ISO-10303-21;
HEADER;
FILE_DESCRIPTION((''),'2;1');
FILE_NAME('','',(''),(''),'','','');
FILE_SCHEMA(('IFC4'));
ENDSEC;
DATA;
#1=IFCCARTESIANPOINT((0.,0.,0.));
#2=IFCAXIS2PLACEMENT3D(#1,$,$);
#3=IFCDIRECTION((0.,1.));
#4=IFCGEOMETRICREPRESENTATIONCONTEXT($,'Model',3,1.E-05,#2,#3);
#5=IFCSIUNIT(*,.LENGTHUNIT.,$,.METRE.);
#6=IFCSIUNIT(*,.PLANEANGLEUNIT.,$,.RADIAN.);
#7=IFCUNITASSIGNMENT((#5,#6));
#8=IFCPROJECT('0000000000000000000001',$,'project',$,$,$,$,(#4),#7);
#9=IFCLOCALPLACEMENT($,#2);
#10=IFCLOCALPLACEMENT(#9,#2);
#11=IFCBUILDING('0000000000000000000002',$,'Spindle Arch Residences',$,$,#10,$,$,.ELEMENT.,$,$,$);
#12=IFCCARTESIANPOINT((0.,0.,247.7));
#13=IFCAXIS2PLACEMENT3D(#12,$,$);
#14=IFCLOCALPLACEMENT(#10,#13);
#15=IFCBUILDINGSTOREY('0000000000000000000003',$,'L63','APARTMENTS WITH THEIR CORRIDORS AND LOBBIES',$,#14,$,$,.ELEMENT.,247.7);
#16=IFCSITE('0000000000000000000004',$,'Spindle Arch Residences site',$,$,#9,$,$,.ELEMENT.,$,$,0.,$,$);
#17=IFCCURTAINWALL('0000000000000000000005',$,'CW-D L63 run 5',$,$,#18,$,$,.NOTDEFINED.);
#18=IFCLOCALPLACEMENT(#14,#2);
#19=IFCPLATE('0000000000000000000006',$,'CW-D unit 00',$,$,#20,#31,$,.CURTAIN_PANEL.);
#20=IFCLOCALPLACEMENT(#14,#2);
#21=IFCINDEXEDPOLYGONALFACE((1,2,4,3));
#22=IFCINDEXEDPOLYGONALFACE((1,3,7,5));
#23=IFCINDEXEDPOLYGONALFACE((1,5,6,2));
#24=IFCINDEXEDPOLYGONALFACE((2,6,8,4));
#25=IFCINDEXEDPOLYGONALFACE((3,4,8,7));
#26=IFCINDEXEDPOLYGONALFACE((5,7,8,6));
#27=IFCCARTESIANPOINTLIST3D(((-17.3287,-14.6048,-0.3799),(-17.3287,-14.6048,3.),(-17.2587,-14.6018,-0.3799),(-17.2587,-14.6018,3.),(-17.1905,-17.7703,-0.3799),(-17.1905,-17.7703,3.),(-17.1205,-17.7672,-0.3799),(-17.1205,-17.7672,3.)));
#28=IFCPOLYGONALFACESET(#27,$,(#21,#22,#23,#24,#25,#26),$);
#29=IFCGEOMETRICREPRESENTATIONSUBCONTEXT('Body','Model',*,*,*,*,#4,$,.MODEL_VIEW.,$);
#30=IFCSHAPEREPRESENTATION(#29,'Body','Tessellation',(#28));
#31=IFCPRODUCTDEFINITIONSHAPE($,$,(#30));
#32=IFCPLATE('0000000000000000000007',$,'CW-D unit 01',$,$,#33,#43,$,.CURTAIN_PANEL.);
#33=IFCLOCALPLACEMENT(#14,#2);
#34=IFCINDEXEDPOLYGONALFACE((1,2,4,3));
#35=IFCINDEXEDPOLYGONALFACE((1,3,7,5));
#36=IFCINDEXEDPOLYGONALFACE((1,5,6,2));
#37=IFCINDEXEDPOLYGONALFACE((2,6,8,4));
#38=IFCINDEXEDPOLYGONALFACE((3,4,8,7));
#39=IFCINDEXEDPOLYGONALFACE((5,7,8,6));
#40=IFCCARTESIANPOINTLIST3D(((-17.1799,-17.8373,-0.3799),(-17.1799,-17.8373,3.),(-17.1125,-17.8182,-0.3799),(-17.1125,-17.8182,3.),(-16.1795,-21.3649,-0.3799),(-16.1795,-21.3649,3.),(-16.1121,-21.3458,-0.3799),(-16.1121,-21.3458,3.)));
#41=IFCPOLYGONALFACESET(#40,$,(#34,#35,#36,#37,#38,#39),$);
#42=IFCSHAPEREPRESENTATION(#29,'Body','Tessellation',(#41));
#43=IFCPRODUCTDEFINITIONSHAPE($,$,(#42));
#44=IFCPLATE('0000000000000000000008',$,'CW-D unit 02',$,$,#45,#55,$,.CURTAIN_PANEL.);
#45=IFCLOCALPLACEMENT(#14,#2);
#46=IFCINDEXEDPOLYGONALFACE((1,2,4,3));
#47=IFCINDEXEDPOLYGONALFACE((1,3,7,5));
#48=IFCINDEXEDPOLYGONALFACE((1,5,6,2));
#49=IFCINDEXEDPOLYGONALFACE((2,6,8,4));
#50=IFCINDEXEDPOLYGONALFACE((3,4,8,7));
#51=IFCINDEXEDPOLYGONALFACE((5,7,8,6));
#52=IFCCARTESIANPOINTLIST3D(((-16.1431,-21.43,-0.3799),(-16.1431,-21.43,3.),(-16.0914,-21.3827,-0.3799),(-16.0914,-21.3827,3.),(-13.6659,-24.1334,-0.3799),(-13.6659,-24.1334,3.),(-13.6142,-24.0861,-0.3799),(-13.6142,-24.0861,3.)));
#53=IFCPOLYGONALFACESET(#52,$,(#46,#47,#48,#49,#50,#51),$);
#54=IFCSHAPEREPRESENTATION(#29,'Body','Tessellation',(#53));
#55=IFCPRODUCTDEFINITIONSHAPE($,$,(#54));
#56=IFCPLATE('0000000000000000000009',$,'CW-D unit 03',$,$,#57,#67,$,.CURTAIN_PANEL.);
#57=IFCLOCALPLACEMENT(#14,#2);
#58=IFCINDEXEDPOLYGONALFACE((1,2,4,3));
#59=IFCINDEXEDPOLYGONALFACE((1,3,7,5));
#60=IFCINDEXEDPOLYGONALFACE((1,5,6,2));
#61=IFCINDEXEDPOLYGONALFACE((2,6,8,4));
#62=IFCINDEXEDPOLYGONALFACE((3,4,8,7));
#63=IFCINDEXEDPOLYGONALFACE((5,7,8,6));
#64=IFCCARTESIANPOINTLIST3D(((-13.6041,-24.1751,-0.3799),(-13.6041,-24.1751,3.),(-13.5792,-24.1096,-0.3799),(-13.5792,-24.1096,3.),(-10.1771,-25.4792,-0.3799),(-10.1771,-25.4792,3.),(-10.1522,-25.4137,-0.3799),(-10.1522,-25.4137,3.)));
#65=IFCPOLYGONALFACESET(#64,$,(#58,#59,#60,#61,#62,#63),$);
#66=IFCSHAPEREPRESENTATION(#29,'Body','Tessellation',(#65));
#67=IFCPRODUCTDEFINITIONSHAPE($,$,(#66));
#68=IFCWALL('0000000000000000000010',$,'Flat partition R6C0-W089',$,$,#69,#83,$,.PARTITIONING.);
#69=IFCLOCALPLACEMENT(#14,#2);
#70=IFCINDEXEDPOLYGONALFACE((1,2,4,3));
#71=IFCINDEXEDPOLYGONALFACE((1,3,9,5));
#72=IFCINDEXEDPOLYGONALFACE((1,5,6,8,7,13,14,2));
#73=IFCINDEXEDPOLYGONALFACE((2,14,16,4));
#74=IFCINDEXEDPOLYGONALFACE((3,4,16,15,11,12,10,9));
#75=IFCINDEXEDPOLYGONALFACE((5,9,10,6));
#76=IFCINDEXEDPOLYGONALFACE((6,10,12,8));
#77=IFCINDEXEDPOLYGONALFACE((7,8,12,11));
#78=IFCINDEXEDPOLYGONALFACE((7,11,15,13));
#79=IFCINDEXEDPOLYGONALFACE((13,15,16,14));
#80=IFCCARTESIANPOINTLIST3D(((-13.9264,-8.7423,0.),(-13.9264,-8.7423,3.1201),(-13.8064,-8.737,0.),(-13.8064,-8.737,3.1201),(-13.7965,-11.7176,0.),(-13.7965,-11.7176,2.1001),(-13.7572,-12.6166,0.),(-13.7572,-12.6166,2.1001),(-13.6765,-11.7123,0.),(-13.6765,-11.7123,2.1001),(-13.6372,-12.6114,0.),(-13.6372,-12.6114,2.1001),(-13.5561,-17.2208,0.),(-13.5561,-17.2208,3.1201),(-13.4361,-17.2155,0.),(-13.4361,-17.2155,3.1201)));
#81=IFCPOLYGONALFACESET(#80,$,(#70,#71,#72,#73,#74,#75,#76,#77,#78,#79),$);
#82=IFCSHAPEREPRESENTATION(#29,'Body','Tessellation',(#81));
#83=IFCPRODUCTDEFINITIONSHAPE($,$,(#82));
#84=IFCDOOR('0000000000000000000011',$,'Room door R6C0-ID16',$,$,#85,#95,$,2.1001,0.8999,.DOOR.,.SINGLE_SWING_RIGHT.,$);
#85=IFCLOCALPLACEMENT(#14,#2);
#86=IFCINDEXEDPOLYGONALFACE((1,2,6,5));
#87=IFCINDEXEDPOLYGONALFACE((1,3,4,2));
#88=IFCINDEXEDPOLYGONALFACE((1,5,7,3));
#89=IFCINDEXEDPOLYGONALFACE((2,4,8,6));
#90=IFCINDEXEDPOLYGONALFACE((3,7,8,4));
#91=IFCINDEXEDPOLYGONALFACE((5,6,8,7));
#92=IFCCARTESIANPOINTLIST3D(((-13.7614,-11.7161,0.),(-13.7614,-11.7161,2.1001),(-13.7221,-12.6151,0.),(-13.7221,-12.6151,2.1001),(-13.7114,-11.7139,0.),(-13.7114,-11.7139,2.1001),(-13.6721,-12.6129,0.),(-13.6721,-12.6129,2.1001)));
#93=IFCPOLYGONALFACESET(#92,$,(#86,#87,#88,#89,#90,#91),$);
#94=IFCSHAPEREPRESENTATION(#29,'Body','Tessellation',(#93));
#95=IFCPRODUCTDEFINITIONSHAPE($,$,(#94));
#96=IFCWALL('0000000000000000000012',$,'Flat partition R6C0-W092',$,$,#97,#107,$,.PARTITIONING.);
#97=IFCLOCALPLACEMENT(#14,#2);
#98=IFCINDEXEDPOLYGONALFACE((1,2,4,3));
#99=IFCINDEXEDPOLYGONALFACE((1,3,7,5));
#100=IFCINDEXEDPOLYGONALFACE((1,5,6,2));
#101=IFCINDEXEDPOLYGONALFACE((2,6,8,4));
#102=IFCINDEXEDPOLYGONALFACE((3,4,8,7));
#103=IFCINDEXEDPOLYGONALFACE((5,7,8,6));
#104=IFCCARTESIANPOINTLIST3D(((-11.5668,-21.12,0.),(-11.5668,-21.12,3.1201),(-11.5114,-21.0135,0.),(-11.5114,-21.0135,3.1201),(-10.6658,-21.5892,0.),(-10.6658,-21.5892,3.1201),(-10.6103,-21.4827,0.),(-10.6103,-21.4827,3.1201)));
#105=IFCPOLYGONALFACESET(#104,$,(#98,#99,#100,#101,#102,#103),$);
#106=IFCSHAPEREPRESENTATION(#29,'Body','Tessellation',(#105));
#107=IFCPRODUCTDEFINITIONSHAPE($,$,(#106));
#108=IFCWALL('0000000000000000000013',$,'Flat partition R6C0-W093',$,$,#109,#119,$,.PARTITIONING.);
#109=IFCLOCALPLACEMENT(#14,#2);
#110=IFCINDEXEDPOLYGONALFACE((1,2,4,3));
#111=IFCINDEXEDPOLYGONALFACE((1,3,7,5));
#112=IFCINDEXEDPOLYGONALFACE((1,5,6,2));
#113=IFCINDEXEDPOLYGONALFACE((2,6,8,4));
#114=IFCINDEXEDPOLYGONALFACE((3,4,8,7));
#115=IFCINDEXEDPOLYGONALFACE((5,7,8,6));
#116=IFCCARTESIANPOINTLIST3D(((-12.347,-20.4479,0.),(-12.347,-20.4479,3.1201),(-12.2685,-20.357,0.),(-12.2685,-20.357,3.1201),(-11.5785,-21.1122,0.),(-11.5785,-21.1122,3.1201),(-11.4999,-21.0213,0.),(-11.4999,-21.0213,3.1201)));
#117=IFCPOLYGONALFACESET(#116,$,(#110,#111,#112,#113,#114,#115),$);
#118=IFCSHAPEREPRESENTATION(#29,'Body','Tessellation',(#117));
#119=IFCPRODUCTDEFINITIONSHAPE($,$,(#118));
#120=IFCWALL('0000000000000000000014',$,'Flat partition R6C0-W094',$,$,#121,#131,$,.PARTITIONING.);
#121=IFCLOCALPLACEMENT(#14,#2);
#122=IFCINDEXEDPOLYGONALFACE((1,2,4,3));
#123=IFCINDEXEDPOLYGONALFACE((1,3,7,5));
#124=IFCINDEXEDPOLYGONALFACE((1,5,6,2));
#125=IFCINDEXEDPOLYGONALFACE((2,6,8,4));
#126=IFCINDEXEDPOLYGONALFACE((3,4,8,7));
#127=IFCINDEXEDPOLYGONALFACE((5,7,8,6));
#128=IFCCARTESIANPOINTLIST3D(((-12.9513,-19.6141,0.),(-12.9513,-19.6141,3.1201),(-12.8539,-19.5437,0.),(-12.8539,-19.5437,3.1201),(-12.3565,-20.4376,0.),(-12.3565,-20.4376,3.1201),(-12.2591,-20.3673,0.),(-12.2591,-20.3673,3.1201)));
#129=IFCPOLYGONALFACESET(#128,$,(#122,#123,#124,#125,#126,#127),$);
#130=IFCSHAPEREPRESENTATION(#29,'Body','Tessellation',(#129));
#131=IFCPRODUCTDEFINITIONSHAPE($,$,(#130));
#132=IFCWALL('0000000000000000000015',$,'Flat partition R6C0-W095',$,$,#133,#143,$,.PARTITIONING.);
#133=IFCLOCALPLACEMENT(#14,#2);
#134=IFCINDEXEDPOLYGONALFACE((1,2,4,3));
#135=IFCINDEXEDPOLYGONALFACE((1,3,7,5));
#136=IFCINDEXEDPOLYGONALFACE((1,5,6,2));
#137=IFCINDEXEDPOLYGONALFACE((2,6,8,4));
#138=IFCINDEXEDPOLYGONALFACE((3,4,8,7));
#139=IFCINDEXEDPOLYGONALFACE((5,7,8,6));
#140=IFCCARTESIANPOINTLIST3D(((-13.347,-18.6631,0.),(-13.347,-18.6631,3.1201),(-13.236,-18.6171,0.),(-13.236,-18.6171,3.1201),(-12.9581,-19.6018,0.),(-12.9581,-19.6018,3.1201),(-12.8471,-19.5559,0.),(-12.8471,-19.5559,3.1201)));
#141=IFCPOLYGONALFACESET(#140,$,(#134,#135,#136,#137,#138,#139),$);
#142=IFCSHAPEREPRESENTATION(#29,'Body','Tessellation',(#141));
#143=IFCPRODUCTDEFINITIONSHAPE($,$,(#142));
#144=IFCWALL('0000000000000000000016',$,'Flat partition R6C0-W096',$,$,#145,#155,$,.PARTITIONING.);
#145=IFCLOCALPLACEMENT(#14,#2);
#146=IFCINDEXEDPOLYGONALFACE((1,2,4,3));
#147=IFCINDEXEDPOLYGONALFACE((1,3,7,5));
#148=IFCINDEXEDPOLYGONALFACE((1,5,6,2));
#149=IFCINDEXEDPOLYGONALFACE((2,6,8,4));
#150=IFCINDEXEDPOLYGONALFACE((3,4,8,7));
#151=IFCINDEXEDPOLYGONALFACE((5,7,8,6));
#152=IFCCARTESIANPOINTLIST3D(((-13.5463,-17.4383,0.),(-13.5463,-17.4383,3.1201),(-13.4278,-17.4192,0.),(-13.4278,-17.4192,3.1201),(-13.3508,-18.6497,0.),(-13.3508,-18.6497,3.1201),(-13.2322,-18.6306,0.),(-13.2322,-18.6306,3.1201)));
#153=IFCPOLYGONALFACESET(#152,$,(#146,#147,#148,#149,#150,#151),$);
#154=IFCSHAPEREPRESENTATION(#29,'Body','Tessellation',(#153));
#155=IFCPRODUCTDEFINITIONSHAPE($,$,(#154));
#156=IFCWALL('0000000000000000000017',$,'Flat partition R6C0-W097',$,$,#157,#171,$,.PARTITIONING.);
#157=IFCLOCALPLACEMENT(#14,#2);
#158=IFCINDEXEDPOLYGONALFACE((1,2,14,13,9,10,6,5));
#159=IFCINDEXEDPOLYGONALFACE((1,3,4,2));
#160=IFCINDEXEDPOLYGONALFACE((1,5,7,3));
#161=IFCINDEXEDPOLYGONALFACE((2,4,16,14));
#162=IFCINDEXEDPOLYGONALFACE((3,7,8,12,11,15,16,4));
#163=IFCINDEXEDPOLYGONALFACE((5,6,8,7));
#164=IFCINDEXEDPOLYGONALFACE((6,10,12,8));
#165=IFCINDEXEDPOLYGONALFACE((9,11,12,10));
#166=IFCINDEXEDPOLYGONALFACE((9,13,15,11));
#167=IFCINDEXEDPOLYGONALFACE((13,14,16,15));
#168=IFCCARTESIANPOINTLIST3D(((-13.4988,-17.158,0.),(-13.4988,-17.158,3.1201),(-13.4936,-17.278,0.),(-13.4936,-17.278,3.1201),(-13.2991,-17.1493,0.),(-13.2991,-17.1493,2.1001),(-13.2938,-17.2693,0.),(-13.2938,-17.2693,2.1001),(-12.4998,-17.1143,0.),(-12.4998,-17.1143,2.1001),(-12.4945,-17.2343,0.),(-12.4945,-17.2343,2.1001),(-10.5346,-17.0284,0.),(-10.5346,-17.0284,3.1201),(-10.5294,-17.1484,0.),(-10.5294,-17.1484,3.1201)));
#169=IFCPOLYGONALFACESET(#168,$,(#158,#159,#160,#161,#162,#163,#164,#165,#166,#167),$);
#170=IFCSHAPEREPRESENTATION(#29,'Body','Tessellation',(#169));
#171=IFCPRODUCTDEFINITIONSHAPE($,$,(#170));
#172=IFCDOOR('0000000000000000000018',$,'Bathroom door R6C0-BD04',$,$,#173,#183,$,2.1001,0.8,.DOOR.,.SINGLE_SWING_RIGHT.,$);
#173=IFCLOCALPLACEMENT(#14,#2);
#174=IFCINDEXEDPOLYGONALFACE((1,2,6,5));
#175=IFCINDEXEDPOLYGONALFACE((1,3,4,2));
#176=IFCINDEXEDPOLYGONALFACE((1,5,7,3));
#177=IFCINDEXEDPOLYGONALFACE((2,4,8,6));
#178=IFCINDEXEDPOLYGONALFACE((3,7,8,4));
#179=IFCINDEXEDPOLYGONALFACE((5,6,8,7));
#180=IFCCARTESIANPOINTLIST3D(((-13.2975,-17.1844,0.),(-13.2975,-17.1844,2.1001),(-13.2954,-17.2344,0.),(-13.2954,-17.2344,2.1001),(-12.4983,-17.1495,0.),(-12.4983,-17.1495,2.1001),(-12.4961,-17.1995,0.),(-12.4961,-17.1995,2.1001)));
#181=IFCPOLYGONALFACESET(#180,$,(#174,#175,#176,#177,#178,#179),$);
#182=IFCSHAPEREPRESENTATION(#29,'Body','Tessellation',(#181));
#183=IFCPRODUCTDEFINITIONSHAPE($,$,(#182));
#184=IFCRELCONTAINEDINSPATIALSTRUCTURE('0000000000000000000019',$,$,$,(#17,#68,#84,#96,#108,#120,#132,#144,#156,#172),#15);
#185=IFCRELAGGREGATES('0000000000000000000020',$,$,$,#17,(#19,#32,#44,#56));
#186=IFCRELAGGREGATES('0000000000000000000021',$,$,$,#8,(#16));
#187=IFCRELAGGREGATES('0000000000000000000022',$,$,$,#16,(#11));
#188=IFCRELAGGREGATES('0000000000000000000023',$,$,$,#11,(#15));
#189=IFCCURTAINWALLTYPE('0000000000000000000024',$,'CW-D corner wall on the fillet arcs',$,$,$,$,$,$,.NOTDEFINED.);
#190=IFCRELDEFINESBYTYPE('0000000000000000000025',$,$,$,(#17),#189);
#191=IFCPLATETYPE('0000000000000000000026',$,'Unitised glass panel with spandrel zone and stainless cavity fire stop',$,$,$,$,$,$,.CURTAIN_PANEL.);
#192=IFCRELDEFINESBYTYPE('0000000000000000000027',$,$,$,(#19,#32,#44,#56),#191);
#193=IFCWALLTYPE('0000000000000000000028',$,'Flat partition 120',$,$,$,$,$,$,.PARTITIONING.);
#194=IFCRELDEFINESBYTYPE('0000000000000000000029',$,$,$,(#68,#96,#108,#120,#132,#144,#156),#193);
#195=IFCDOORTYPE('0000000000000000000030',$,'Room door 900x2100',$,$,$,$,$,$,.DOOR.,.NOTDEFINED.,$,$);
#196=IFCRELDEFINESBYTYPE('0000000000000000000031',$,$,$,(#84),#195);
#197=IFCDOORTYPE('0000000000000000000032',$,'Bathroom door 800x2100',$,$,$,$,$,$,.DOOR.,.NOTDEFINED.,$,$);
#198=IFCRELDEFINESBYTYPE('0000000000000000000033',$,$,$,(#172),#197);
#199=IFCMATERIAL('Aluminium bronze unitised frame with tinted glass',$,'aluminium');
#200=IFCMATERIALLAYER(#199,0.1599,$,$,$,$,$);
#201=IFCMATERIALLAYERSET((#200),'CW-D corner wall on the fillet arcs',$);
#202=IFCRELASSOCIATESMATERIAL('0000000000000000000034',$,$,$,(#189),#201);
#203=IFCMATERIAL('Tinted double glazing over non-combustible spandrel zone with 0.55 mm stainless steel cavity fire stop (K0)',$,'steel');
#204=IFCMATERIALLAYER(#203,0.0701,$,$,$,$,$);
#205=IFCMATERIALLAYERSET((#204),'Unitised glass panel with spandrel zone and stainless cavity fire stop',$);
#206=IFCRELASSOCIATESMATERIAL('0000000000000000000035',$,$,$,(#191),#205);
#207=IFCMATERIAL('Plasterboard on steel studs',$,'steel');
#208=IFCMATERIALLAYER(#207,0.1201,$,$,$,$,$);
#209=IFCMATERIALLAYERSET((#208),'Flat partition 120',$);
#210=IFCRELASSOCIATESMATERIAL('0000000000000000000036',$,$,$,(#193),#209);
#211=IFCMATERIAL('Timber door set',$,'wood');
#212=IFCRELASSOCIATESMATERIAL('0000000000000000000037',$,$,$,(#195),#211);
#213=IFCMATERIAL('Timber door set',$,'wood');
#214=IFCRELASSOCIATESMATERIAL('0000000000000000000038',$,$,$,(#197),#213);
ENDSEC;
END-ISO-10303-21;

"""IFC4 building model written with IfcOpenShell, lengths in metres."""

from ifc_helpers import new_model, si_unit, direction, frame, frame_2d, origin, origin_2d, place, context, subcontext, project, spatial, rectangle, extrude, material, layer, layer_set, type_object, element, fill, aggregate, save


model = new_model("IFC4")

# Units and contexts
model_context = context("Model", 3, precision=1e-05, world=origin(), true_north=direction((0.0, 1.0)))
body_context = subcontext(model_context, "Body", "Model", "MODEL_VIEW")
ifc_project = project(units=[si_unit("LENGTHUNIT", "METRE"), si_unit("PLANEANGLEUNIT", "RADIAN")], contexts=[model_context])

# Site, building, storey
site_placement = place(None, origin())
site = spatial("IfcSite", under=ifc_project, at=site_placement, Name="Spindle Arch Residences site", CompositionType="ELEMENT", RefElevation=0.0)
building_placement = place(site_placement, origin())
building = spatial("IfcBuilding", under=site, at=building_placement, Name="Spindle Arch Residences", CompositionType="ELEMENT")
storey_placement = place(building_placement, frame((0.0, 0.0, 247.7)))
storey = spatial("IfcBuildingStorey", under=building, at=storey_placement, Name="L63", Description="APARTMENTS WITH THEIR CORRIDORS AND LOBBIES", CompositionType="ELEMENT", Elevation=247.7)

# Curtain wall
ifc_material_1 = material(Name="Aluminium bronze unitised frame with tinted glass", Category="aluminium")
ifc_layer_1 = layer(ifc_material_1, 0.1599)
ifc_layer_set_1 = layer_set([ifc_layer_1], Name="CW-D corner wall on the fillet arcs")
curtain_wall_type = type_object("IfcCurtainWallType", Name="CW-D corner wall on the fillet arcs", PredefinedType="NOTDEFINED", material=ifc_layer_set_1)
curtain_wall_placement = place(storey_placement, origin())
curtain_wall = element("IfcCurtainWall", 1, at=curtain_wall_placement, inside=storey, type_object=curtain_wall_type, Name="CW-D L63 run 5", PredefinedType="NOTDEFINED")

# Plates
ifc_material_2 = material(Name="Tinted double glazing over non-combustible spandrel zone with 0.55 mm stainless steel cavity fire stop (K0)", Category="steel")
ifc_layer_2 = layer(ifc_material_2, 0.0701)
ifc_layer_set_2 = layer_set([ifc_layer_2], Name="Unitised glass panel with spandrel zone and stainless cavity fire stop")
plate_type = type_object("IfcPlateType", Name="Unitised glass panel with spandrel zone and stainless cavity fire stop", PredefinedType="CURTAIN_PANEL", material=ifc_layer_set_2)
plate_1_placement = place(storey_placement, frame((-17.2246, -16.186, -0.3799), z_axis=(0.0, 0.0, 1.0), x_axis=(0.043619, -0.999048, 0.0)))
plate_1 = element("IfcPlate", 2, at=plate_1_placement, type_object=plate_type, Name="CW-D unit 00", PredefinedType="CURTAIN_PANEL", context=body_context, shape_type="SweptSolid", body=[
    extrude(rectangle(XDim=3.1685, YDim=0.0701, at=origin_2d()), origin(), (0.0, 0.0, 1.0), 3.3799),
])
plate_2_placement = place(storey_placement, frame((-16.646, -19.5916, -0.3799), z_axis=(0.0, 0.0, 1.0), x_axis=(0.27284, -0.962059, 0.0)))
plate_2 = element("IfcPlate", 3, at=plate_2_placement, type_object=plate_type, Name="CW-D unit 01", PredefinedType="CURTAIN_PANEL", context=body_context, shape_type="SweptSolid", body=[
    extrude(rectangle(XDim=3.6667, YDim=0.0701, at=origin_2d()), origin(), (0.0, 0.0, 1.0), 3.3799),
])
plate_3_placement = place(storey_placement, frame((-14.8787, -22.7581, -0.3799), z_axis=(0.0, 0.0, 1.0), x_axis=(0.67559, -0.737277, 0.0)))
plate_3 = element("IfcPlate", 4, at=plate_3_placement, type_object=plate_type, Name="CW-D unit 02", PredefinedType="CURTAIN_PANEL", context=body_context, shape_type="SweptSolid", body=[
    extrude(rectangle(XDim=3.6667, YDim=0.0701, at=origin_2d()), origin(), (0.0, 0.0, 1.0), 3.3799),
])
plate_4_placement = place(storey_placement, frame((-11.8782, -24.7944, -0.3799), z_axis=(0.0, 0.0, 1.0), x_axis=(0.934619, -0.355651, 0.0)))
plate_4 = element("IfcPlate", 5, at=plate_4_placement, type_object=plate_type, Name="CW-D unit 03", PredefinedType="CURTAIN_PANEL", context=body_context, shape_type="SweptSolid", body=[
    extrude(rectangle(XDim=3.6667, YDim=0.0701, at=origin_2d()), origin(), (0.0, 0.0, 1.0), 3.3799),
])
aggregate(curtain_wall, [plate_1, plate_2, plate_3, plate_4])

# Wall, opening, door
ifc_material_3 = material(Name="Plasterboard on steel studs", Category="steel")
ifc_layer_3 = layer(ifc_material_3, 0.1201)
ifc_layer_set_3 = layer_set([ifc_layer_3], Name="Flat partition 120")
wall_type_1 = type_object("IfcWallType", Name="Flat partition 120", PredefinedType="PARTITIONING", material=ifc_layer_set_3)
wall_1_placement = place(storey_placement, frame((-13.4961, -17.218, 0.0), z_axis=(0.0, 0.0, 1.0), x_axis=(-0.043641, 0.999047, 0.0)))
wall_1 = element("IfcWall", 6, at=wall_1_placement, inside=storey, type_object=wall_type_1, Name="Flat partition R6C0-W089", PredefinedType="PARTITIONING", context=body_context, shape_type="SweptSolid", body=[
    extrude(rectangle(XDim=8.4866, YDim=0.1201, at=frame_2d((4.2432, 0.0))), origin(), (0.0, 0.0, 1.0), 3.1201),
])
opening_1_placement = place(wall_1_placement, frame((4.6084, 0.0, 0.0)))
opening_1 = element("IfcOpeningElement", 7, at=opening_1_placement, cuts=wall_1, PredefinedType="OPENING", context=body_context, shape_type="SweptSolid", body=[
    extrude(rectangle(XDim=0.8999, YDim=2.1001, at=frame_2d((0.45, 1.05))), frame((0.0, 0.0701, 0.0), z_axis=(0.0, -1.0, 0.0), x_axis=(1.0, 0.0, 0.0)), (0.0, 0.0, 1.0), 0.1401),
])
ifc_material_4 = material(Name="Timber door set", Category="wood")
door_type_1 = type_object("IfcDoorType", Name="Room door 900x2100", OperationType="NOTDEFINED", PredefinedType="DOOR", material=ifc_material_4)
door_1_placement = place(opening_1_placement, origin())
door_1 = element("IfcDoor", 8, at=door_1_placement, inside=storey, type_object=door_type_1, Name="Room door R6C0-ID16", OperationType="SINGLE_SWING_RIGHT", OverallHeight=2.1001, OverallWidth=0.8999, PredefinedType="DOOR", context=body_context, shape_type="SweptSolid", body=[
    extrude(rectangle(XDim=0.8999, YDim=2.1001, at=frame_2d((0.45, 1.05))), frame((0.0, 0.0249, 0.0), z_axis=(0.0, -1.0, 0.0), x_axis=(1.0, 0.0, 0.0)), (0.0, 0.0, 1.0), 0.05),
])
fill(opening_1, door_1)

# Walls
for number, where, z_axis, x_axis, name in (
    (9, (-10.6382, -21.5359, 0.0), (0.0, 0.0, 1.0), (-0.886953, 0.46186, 0.0), "Flat partition R6C0-W092"),
    (10, (-11.5393, -21.0667, 0.0), (0.0, 0.0, 1.0), (-0.756553, 0.653933, 0.0), "Flat partition R6C0-W093"),
    (11, (-12.3079, -20.4023, 0.0), (0.0, 0.0, 1.0), (-0.585482, 0.810686, 0.0), "Flat partition R6C0-W094"),
):
    element("IfcWall", number, at=place(storey_placement, frame(where, z_axis=z_axis, x_axis=x_axis)), inside=storey, type_object=wall_type_1, Name=name, PredefinedType="PARTITIONING", context=body_context, shape_type="SweptSolid", body=[
        extrude(rectangle(XDim=1.0159, YDim=0.1201, at=frame_2d((0.5078, 0.0))), origin(), (0.0, 0.0, 1.0), 3.1201),
    ])
wall_2_placement = place(storey_placement, frame((-12.9026, -19.5789, 0.0), z_axis=(0.0, 0.0, 1.0), x_axis=(-0.382755, 0.92385, 0.0)))
element("IfcWall", 12, at=wall_2_placement, inside=storey, type_object=wall_type_1, Name="Flat partition R6C0-W095", PredefinedType="PARTITIONING", context=body_context, shape_type="SweptSolid", body=[
    extrude(rectangle(XDim=1.0161, YDim=0.1201, at=frame_2d((0.5081, 0.0))), origin(), (0.0, 0.0, 1.0), 3.1201),
])
wall_3_placement = place(storey_placement, frame((-13.2915, -18.6401, 0.0), z_axis=(0.0, 0.0, 1.0), x_axis=(-0.159364, 0.98722, 0.0)))
element("IfcWall", 13, at=wall_3_placement, inside=storey, type_object=wall_type_1, Name="Flat partition R6C0-W096", PredefinedType="PARTITIONING", context=body_context, shape_type="SweptSolid", body=[
    extrude(rectangle(XDim=1.2271, YDim=0.1201, at=frame_2d((0.6135, 0.0))), origin(), (0.0, 0.0, 1.0), 3.1201),
])

# Wall, opening, door
wall_4_placement = place(storey_placement, frame((-13.4961, -17.218, 0.0), z_axis=(0.0, 0.0, 1.0), x_axis=(0.999045, 0.043694, 0.0)))
wall_4 = element("IfcWall", 14, at=wall_4_placement, inside=storey, type_object=wall_type_1, Name="Flat partition R6C0-W097", PredefinedType="PARTITIONING", context=body_context, shape_type="SweptSolid", body=[
    extrude(rectangle(XDim=2.967, YDim=0.1201, at=frame_2d((1.4834, 0.0))), origin(), (0.0, 0.0, 1.0), 3.1201),
])
opening_2_placement = place(wall_4_placement, frame((0.2, 0.0, 0.0)))
opening_2 = element("IfcOpeningElement", 15, at=opening_2_placement, cuts=wall_4, PredefinedType="OPENING", context=body_context, shape_type="SweptSolid", body=[
    extrude(rectangle(XDim=0.8, YDim=2.1001, at=frame_2d((0.3999, 1.05))), frame((0.0, 0.0701, 0.0), z_axis=(0.0, -1.0, 0.0), x_axis=(1.0, 0.0, 0.0)), (0.0, 0.0, 1.0), 0.1401),
])
ifc_material_5 = material(Name="Timber door set", Category="wood")
door_type_2 = type_object("IfcDoorType", Name="Bathroom door 800x2100", OperationType="NOTDEFINED", PredefinedType="DOOR", material=ifc_material_5)
door_2_placement = place(opening_2_placement, origin())
door_2 = element("IfcDoor", 16, at=door_2_placement, inside=storey, type_object=door_type_2, Name="Bathroom door R6C0-BD04", OperationType="SINGLE_SWING_RIGHT", OverallHeight=2.1001, OverallWidth=0.8, PredefinedType="DOOR", context=body_context, shape_type="SweptSolid", body=[
    extrude(rectangle(XDim=0.8, YDim=2.1001, at=frame_2d((0.3999, 1.05))), frame((0.0, 0.0249, 0.0), z_axis=(0.0, -1.0, 0.0), x_axis=(1.0, 0.0, 0.0)), (0.0, 0.0, 1.0), 0.05),
])
fill(opening_2, door_2)

save(model, "model.ifc")
